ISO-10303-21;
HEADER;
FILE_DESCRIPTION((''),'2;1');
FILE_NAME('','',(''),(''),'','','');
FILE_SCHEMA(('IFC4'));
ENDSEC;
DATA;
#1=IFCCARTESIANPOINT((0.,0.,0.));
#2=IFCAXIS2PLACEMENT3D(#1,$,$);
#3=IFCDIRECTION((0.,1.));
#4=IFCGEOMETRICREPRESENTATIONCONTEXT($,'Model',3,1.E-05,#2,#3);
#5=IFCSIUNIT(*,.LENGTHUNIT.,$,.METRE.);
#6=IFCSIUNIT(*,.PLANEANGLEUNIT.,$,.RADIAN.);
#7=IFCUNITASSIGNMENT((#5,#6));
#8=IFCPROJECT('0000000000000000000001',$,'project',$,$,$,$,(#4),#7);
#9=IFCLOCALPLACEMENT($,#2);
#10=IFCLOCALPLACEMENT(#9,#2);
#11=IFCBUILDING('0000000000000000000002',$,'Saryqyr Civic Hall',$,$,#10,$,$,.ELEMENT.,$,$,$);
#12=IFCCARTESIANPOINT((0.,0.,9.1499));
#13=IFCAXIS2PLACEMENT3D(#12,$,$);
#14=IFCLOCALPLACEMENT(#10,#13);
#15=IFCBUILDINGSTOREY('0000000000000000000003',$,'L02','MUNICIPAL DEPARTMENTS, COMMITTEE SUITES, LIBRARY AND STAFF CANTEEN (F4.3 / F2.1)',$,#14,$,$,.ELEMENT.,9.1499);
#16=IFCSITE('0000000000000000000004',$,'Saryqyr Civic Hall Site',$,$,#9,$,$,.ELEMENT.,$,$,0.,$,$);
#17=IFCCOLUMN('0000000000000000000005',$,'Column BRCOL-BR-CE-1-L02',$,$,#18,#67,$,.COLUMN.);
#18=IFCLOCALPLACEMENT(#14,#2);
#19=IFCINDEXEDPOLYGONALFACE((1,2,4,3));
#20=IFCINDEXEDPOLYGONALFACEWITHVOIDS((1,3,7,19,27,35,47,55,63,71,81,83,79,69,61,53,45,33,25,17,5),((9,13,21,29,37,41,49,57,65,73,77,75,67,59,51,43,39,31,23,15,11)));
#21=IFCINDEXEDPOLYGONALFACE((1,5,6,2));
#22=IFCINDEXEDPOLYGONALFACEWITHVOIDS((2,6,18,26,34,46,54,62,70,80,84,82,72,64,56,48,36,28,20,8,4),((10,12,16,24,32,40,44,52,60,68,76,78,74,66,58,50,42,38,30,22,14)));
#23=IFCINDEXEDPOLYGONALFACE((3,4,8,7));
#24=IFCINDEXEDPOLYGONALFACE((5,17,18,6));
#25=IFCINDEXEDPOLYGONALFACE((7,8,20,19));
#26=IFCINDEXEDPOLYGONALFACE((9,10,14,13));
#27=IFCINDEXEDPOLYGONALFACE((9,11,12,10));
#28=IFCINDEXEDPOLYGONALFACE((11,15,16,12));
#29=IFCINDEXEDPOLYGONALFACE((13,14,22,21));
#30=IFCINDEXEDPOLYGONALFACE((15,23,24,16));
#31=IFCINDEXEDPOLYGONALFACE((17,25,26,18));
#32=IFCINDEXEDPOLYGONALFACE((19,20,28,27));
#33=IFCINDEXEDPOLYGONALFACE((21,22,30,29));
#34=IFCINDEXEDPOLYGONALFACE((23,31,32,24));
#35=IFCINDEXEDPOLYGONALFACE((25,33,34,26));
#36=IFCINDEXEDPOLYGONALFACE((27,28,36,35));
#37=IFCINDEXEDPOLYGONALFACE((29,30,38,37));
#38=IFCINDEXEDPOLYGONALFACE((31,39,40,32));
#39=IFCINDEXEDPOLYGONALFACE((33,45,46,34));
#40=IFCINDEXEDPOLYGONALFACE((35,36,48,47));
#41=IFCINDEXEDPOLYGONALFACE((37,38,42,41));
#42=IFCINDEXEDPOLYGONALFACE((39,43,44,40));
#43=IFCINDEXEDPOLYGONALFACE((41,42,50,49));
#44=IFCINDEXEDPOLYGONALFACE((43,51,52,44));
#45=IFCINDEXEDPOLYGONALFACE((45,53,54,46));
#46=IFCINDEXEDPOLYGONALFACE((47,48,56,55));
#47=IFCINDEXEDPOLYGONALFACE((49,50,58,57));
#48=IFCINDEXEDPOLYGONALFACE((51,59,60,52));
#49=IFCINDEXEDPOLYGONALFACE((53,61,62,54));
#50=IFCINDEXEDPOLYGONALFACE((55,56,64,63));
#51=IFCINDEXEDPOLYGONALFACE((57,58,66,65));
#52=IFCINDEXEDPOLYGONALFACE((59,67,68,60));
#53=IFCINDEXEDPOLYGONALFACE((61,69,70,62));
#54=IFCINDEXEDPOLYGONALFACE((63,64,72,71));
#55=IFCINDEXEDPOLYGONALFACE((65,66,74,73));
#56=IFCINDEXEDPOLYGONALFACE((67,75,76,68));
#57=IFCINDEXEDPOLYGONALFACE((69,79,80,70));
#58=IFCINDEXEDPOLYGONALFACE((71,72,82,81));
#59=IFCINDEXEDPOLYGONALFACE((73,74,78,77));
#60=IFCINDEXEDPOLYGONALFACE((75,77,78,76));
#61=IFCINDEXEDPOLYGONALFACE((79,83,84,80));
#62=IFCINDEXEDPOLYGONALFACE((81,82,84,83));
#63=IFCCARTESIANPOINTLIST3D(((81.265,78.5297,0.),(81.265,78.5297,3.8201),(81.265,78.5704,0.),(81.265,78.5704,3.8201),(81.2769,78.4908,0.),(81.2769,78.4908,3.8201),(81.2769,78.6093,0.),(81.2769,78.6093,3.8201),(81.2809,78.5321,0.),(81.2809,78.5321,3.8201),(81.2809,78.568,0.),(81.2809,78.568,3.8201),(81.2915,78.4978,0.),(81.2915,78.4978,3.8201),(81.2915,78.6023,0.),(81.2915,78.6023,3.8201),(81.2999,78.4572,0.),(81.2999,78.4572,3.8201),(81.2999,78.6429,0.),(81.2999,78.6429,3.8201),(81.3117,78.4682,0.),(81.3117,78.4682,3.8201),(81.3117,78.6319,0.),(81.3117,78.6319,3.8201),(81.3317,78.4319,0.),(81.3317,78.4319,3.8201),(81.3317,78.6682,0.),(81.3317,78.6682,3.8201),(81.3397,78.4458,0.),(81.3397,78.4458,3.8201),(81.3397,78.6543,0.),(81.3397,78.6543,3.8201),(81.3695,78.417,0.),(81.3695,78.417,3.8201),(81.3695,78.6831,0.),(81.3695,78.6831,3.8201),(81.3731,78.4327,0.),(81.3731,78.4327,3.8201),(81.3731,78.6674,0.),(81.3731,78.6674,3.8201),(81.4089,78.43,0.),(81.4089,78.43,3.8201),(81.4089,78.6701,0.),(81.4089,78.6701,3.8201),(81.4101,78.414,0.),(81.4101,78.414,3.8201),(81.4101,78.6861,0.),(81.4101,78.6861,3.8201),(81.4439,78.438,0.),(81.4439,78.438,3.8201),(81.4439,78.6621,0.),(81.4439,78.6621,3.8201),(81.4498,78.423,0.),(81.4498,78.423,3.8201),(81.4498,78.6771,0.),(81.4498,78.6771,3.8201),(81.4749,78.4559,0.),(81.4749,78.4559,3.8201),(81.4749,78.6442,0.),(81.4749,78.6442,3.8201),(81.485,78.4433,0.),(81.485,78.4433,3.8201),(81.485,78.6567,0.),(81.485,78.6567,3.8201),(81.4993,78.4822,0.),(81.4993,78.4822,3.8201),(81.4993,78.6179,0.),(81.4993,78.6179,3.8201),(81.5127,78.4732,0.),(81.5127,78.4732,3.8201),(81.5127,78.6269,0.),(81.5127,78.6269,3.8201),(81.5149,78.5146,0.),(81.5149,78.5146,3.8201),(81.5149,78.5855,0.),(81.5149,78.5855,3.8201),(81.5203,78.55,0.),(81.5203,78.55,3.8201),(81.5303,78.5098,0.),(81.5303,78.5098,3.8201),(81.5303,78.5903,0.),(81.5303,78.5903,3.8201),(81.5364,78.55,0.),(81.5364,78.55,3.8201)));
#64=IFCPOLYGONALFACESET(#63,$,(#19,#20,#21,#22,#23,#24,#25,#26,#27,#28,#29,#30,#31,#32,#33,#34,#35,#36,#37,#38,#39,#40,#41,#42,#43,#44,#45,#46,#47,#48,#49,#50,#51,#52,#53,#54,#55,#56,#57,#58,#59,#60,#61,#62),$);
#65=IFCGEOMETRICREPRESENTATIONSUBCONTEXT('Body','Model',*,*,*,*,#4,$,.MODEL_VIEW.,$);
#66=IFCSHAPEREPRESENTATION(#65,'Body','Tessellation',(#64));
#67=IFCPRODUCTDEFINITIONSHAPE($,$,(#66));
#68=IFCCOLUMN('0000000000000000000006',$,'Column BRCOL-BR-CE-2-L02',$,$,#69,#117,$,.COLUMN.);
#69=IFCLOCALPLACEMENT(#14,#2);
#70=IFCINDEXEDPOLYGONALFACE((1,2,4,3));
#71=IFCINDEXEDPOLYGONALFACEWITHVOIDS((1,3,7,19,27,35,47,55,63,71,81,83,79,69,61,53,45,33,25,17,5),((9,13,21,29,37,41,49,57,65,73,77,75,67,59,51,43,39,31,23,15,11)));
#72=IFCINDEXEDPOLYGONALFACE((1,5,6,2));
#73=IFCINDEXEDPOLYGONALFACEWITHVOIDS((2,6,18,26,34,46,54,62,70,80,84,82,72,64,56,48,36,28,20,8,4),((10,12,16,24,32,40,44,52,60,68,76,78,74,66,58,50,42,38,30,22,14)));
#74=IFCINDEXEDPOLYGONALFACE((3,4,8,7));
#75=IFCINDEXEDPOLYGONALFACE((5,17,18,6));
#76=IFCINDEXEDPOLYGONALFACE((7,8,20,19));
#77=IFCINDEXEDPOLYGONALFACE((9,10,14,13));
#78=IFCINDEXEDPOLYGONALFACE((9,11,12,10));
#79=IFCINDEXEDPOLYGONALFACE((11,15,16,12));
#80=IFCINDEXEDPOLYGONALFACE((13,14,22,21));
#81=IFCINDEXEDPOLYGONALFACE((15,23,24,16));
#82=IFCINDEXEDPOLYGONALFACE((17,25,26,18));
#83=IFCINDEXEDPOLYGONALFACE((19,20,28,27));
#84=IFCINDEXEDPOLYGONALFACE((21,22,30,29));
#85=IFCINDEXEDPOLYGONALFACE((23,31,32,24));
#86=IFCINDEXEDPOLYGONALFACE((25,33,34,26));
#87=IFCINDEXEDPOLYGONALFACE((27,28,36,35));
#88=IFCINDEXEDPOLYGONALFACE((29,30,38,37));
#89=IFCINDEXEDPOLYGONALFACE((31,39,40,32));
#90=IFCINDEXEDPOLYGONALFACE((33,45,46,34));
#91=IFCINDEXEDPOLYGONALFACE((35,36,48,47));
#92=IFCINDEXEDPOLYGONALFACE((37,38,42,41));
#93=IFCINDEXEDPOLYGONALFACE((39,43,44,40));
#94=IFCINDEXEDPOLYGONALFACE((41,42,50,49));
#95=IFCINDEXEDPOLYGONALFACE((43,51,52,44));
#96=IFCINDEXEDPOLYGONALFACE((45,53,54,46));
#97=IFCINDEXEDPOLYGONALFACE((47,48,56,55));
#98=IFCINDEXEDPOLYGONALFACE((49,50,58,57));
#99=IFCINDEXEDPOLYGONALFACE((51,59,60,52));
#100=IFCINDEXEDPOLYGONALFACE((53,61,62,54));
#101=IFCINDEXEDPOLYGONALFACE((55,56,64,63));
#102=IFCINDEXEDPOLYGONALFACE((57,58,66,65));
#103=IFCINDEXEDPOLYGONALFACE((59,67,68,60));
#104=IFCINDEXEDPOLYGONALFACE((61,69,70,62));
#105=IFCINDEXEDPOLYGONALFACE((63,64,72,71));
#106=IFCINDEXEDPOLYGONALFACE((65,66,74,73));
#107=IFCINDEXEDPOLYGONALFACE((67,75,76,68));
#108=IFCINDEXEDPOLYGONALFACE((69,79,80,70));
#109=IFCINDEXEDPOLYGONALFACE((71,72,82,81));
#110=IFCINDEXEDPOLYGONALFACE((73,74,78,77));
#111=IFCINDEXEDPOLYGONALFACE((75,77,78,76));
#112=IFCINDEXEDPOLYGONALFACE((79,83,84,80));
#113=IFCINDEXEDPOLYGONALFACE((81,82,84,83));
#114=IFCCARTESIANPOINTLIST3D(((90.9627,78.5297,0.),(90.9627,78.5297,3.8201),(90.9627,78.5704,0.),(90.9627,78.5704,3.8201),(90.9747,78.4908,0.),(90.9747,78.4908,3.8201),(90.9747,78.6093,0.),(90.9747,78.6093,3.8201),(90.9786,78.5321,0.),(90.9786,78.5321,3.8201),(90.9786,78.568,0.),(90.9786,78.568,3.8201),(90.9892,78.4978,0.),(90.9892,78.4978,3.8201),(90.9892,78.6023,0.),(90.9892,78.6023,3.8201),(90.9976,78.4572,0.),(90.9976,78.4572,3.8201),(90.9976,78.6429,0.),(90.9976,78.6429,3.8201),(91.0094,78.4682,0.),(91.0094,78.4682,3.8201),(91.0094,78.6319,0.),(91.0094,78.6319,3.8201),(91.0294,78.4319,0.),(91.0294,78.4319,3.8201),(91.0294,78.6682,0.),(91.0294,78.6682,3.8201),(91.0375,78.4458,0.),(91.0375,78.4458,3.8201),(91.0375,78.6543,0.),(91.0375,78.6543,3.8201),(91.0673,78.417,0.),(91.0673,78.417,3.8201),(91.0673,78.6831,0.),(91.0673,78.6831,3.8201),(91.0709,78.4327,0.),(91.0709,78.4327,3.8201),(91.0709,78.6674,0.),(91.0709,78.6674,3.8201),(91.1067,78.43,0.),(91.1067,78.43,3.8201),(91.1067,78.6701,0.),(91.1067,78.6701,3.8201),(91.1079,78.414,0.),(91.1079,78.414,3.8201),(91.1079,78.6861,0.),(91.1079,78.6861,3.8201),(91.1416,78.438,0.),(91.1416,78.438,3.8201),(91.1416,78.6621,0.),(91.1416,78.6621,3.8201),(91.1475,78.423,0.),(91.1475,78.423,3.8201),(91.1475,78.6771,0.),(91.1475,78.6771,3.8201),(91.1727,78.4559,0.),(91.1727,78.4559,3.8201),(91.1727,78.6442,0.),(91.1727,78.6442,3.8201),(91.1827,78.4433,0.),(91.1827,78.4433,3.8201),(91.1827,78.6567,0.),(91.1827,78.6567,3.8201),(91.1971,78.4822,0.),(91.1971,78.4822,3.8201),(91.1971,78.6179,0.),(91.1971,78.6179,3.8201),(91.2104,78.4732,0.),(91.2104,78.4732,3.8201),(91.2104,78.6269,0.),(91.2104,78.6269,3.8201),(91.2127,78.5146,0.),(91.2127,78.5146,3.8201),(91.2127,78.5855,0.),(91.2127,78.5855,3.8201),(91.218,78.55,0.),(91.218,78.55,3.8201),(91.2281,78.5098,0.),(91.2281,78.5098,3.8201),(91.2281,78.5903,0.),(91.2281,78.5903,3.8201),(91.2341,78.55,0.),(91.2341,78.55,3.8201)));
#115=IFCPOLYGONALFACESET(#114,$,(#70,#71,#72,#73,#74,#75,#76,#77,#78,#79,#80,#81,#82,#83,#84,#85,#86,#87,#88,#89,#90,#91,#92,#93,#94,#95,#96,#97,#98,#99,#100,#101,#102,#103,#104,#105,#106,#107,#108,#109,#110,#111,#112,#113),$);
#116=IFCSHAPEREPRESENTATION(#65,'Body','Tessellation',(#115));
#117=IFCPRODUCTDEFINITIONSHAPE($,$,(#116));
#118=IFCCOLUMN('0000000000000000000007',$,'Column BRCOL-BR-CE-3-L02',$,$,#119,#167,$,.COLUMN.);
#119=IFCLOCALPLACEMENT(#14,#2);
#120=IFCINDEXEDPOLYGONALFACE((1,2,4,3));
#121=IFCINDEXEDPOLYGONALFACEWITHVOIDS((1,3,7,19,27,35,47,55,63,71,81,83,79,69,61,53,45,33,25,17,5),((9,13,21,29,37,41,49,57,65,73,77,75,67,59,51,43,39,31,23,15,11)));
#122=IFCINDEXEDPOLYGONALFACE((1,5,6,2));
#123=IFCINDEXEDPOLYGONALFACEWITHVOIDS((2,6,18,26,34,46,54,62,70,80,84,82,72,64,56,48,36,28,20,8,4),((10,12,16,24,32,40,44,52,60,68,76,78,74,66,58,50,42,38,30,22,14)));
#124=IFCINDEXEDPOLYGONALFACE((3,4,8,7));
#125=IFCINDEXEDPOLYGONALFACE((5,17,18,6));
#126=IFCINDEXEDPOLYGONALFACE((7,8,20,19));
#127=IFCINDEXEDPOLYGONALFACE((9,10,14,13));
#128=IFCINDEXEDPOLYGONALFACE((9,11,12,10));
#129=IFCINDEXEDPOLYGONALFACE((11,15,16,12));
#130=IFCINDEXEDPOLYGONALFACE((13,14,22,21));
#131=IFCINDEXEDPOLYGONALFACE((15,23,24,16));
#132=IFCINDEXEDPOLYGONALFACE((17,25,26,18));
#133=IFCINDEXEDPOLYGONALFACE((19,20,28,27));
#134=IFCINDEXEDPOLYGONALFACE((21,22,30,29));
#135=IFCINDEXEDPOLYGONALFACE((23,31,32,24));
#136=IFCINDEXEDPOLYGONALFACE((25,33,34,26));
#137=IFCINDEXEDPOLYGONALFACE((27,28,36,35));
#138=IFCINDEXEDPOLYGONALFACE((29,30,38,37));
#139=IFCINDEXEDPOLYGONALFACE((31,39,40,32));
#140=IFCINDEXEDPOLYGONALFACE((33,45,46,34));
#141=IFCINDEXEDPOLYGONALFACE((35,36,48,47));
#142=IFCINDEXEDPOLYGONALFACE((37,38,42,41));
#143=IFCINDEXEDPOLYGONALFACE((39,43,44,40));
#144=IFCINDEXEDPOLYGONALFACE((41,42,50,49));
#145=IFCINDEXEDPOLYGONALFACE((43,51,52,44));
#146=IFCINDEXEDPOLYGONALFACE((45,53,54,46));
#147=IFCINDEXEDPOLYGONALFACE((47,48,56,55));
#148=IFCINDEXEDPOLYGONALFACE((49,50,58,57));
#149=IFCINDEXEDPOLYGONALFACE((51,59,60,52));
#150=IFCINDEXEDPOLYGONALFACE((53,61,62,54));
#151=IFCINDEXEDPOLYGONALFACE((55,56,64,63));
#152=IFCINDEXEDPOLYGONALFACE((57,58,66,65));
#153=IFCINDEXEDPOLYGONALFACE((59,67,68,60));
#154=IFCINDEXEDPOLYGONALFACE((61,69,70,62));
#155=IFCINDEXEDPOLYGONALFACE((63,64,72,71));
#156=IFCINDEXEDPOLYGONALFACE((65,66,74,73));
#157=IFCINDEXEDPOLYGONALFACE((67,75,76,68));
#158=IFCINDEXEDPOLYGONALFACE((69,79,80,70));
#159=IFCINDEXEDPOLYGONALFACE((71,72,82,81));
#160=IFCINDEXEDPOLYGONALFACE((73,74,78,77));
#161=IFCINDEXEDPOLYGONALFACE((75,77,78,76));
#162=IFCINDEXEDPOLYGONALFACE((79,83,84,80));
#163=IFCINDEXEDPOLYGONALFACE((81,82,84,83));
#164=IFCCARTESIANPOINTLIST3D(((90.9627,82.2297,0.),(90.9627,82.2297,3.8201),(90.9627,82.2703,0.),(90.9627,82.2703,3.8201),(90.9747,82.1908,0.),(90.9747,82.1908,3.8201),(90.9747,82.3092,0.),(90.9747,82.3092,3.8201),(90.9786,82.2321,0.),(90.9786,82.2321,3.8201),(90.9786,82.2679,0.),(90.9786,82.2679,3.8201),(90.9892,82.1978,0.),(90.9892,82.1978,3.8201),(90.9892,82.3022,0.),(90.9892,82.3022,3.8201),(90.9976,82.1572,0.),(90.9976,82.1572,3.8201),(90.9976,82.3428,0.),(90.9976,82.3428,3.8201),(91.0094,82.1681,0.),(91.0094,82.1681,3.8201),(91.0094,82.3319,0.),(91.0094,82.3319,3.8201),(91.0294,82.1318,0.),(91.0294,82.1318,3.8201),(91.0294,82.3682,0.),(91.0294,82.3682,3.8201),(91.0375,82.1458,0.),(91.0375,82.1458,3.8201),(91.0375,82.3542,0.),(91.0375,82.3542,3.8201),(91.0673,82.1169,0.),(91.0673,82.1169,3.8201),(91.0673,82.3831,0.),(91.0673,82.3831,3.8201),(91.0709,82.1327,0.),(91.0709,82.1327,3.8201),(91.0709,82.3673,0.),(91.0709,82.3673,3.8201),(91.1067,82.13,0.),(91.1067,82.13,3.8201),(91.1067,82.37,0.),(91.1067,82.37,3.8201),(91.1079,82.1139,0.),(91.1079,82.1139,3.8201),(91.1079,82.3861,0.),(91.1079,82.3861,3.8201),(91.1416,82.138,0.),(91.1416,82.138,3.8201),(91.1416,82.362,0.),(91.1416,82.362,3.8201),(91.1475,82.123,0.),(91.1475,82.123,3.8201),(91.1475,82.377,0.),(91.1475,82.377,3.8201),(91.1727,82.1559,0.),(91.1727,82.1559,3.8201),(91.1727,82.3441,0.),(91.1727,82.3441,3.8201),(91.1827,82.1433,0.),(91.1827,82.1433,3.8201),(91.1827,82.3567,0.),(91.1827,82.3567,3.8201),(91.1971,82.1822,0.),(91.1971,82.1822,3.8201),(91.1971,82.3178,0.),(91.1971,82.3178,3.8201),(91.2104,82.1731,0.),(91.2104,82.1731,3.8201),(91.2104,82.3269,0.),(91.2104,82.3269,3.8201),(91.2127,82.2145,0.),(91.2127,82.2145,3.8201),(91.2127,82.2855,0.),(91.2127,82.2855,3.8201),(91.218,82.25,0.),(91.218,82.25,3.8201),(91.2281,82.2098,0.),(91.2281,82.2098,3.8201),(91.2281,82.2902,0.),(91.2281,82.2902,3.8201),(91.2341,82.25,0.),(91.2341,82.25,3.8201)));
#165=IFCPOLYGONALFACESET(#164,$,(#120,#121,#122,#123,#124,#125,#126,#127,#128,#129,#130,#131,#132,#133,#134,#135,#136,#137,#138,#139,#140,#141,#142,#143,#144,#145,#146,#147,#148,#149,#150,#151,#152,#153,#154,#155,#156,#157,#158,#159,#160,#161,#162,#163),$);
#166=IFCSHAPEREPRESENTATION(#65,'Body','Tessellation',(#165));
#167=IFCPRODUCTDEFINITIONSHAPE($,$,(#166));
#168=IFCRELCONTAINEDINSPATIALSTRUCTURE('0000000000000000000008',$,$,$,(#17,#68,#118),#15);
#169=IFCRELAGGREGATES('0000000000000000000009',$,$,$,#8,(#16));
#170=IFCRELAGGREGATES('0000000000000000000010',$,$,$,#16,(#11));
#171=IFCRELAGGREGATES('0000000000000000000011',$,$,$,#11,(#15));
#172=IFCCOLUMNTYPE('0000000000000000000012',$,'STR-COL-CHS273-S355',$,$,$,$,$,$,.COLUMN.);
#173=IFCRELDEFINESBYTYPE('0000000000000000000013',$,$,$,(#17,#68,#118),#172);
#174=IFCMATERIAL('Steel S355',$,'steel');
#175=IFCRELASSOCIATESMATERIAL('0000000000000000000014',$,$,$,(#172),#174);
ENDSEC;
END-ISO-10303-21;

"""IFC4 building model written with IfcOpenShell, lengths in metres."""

from ifc_helpers import new_model, si_unit, direction, frame, origin, origin_2d, place, context, subcontext, project, spatial, hollow_circle, extrude, material, material_profile, profile_set, type_object, element, save


model = new_model("IFC4")

# Units and contexts
model_context = context("Model", 3, precision=1e-05, world=origin(), true_north=direction((0.0, 1.0)))
body_context = subcontext(model_context, "Body", "Model", "MODEL_VIEW")
ifc_project = project(units=[si_unit("LENGTHUNIT", "METRE"), si_unit("PLANEANGLEUNIT", "RADIAN")], contexts=[model_context])

# Site, building, storey
site_placement = place(None, origin())
site = spatial("IfcSite", under=ifc_project, at=site_placement, Name="Saryqyr Civic Hall Site", CompositionType="ELEMENT", RefElevation=0.0)
building_placement = place(site_placement, origin())
building = spatial("IfcBuilding", under=site, at=building_placement, Name="Saryqyr Civic Hall", CompositionType="ELEMENT")
storey_placement = place(building_placement, frame((0.0, 0.0, 9.1499)))
storey = spatial("IfcBuildingStorey", under=building, at=storey_placement, Name="L02", Description="MUNICIPAL DEPARTMENTS, COMMITTEE SUITES, LIBRARY AND STAFF CANTEEN (F4.3 / F2.1)", CompositionType="ELEMENT", Elevation=9.1499)

# Columns
ifc_material_1 = material(Name="Steel S355", Category="steel")
ifc_material_profile_1 = material_profile(ifc_material_1, hollow_circle(Radius=0.1365, WallThickness=0.0161, at=origin_2d()), Name="CHS 273x16")
ifc_profile_set_1 = profile_set([ifc_material_profile_1], Name="Steel S355")
column_type_1 = type_object("IfcColumnType", Name="STR-COL-CHS273-S355", PredefinedType="COLUMN", material=ifc_profile_set_1)
for number, where, z_axis, x_axis, name in (
    (1, (81.3999, 78.55, 0.0), (0.0, 0.0, 1.0), (1.0, 0.0, 0.0), "Column BRCOL-BR-CE-1-L02"),
    (2, (91.0977, 78.55, 0.0), (0.0, 0.0, 1.0), (1.0, 0.0, 0.0), "Column BRCOL-BR-CE-2-L02"),
    (3, (91.0977, 82.25, 0.0), (0.0, 0.0, 1.0), (1.0, 0.0, 0.0), "Column BRCOL-BR-CE-3-L02"),
):
    element("IfcColumn", number, at=place(storey_placement, frame(where, z_axis=z_axis, x_axis=x_axis)), inside=storey, type_object=column_type_1, Name=name, PredefinedType="COLUMN", context=body_context, shape_type="SweptSolid", body=[
        extrude(hollow_circle(Radius=0.1365, WallThickness=0.0161, at=origin_2d()), origin(), (0.0, 0.0, 1.0), 3.8201),
    ])

save(model, "model.ifc")
